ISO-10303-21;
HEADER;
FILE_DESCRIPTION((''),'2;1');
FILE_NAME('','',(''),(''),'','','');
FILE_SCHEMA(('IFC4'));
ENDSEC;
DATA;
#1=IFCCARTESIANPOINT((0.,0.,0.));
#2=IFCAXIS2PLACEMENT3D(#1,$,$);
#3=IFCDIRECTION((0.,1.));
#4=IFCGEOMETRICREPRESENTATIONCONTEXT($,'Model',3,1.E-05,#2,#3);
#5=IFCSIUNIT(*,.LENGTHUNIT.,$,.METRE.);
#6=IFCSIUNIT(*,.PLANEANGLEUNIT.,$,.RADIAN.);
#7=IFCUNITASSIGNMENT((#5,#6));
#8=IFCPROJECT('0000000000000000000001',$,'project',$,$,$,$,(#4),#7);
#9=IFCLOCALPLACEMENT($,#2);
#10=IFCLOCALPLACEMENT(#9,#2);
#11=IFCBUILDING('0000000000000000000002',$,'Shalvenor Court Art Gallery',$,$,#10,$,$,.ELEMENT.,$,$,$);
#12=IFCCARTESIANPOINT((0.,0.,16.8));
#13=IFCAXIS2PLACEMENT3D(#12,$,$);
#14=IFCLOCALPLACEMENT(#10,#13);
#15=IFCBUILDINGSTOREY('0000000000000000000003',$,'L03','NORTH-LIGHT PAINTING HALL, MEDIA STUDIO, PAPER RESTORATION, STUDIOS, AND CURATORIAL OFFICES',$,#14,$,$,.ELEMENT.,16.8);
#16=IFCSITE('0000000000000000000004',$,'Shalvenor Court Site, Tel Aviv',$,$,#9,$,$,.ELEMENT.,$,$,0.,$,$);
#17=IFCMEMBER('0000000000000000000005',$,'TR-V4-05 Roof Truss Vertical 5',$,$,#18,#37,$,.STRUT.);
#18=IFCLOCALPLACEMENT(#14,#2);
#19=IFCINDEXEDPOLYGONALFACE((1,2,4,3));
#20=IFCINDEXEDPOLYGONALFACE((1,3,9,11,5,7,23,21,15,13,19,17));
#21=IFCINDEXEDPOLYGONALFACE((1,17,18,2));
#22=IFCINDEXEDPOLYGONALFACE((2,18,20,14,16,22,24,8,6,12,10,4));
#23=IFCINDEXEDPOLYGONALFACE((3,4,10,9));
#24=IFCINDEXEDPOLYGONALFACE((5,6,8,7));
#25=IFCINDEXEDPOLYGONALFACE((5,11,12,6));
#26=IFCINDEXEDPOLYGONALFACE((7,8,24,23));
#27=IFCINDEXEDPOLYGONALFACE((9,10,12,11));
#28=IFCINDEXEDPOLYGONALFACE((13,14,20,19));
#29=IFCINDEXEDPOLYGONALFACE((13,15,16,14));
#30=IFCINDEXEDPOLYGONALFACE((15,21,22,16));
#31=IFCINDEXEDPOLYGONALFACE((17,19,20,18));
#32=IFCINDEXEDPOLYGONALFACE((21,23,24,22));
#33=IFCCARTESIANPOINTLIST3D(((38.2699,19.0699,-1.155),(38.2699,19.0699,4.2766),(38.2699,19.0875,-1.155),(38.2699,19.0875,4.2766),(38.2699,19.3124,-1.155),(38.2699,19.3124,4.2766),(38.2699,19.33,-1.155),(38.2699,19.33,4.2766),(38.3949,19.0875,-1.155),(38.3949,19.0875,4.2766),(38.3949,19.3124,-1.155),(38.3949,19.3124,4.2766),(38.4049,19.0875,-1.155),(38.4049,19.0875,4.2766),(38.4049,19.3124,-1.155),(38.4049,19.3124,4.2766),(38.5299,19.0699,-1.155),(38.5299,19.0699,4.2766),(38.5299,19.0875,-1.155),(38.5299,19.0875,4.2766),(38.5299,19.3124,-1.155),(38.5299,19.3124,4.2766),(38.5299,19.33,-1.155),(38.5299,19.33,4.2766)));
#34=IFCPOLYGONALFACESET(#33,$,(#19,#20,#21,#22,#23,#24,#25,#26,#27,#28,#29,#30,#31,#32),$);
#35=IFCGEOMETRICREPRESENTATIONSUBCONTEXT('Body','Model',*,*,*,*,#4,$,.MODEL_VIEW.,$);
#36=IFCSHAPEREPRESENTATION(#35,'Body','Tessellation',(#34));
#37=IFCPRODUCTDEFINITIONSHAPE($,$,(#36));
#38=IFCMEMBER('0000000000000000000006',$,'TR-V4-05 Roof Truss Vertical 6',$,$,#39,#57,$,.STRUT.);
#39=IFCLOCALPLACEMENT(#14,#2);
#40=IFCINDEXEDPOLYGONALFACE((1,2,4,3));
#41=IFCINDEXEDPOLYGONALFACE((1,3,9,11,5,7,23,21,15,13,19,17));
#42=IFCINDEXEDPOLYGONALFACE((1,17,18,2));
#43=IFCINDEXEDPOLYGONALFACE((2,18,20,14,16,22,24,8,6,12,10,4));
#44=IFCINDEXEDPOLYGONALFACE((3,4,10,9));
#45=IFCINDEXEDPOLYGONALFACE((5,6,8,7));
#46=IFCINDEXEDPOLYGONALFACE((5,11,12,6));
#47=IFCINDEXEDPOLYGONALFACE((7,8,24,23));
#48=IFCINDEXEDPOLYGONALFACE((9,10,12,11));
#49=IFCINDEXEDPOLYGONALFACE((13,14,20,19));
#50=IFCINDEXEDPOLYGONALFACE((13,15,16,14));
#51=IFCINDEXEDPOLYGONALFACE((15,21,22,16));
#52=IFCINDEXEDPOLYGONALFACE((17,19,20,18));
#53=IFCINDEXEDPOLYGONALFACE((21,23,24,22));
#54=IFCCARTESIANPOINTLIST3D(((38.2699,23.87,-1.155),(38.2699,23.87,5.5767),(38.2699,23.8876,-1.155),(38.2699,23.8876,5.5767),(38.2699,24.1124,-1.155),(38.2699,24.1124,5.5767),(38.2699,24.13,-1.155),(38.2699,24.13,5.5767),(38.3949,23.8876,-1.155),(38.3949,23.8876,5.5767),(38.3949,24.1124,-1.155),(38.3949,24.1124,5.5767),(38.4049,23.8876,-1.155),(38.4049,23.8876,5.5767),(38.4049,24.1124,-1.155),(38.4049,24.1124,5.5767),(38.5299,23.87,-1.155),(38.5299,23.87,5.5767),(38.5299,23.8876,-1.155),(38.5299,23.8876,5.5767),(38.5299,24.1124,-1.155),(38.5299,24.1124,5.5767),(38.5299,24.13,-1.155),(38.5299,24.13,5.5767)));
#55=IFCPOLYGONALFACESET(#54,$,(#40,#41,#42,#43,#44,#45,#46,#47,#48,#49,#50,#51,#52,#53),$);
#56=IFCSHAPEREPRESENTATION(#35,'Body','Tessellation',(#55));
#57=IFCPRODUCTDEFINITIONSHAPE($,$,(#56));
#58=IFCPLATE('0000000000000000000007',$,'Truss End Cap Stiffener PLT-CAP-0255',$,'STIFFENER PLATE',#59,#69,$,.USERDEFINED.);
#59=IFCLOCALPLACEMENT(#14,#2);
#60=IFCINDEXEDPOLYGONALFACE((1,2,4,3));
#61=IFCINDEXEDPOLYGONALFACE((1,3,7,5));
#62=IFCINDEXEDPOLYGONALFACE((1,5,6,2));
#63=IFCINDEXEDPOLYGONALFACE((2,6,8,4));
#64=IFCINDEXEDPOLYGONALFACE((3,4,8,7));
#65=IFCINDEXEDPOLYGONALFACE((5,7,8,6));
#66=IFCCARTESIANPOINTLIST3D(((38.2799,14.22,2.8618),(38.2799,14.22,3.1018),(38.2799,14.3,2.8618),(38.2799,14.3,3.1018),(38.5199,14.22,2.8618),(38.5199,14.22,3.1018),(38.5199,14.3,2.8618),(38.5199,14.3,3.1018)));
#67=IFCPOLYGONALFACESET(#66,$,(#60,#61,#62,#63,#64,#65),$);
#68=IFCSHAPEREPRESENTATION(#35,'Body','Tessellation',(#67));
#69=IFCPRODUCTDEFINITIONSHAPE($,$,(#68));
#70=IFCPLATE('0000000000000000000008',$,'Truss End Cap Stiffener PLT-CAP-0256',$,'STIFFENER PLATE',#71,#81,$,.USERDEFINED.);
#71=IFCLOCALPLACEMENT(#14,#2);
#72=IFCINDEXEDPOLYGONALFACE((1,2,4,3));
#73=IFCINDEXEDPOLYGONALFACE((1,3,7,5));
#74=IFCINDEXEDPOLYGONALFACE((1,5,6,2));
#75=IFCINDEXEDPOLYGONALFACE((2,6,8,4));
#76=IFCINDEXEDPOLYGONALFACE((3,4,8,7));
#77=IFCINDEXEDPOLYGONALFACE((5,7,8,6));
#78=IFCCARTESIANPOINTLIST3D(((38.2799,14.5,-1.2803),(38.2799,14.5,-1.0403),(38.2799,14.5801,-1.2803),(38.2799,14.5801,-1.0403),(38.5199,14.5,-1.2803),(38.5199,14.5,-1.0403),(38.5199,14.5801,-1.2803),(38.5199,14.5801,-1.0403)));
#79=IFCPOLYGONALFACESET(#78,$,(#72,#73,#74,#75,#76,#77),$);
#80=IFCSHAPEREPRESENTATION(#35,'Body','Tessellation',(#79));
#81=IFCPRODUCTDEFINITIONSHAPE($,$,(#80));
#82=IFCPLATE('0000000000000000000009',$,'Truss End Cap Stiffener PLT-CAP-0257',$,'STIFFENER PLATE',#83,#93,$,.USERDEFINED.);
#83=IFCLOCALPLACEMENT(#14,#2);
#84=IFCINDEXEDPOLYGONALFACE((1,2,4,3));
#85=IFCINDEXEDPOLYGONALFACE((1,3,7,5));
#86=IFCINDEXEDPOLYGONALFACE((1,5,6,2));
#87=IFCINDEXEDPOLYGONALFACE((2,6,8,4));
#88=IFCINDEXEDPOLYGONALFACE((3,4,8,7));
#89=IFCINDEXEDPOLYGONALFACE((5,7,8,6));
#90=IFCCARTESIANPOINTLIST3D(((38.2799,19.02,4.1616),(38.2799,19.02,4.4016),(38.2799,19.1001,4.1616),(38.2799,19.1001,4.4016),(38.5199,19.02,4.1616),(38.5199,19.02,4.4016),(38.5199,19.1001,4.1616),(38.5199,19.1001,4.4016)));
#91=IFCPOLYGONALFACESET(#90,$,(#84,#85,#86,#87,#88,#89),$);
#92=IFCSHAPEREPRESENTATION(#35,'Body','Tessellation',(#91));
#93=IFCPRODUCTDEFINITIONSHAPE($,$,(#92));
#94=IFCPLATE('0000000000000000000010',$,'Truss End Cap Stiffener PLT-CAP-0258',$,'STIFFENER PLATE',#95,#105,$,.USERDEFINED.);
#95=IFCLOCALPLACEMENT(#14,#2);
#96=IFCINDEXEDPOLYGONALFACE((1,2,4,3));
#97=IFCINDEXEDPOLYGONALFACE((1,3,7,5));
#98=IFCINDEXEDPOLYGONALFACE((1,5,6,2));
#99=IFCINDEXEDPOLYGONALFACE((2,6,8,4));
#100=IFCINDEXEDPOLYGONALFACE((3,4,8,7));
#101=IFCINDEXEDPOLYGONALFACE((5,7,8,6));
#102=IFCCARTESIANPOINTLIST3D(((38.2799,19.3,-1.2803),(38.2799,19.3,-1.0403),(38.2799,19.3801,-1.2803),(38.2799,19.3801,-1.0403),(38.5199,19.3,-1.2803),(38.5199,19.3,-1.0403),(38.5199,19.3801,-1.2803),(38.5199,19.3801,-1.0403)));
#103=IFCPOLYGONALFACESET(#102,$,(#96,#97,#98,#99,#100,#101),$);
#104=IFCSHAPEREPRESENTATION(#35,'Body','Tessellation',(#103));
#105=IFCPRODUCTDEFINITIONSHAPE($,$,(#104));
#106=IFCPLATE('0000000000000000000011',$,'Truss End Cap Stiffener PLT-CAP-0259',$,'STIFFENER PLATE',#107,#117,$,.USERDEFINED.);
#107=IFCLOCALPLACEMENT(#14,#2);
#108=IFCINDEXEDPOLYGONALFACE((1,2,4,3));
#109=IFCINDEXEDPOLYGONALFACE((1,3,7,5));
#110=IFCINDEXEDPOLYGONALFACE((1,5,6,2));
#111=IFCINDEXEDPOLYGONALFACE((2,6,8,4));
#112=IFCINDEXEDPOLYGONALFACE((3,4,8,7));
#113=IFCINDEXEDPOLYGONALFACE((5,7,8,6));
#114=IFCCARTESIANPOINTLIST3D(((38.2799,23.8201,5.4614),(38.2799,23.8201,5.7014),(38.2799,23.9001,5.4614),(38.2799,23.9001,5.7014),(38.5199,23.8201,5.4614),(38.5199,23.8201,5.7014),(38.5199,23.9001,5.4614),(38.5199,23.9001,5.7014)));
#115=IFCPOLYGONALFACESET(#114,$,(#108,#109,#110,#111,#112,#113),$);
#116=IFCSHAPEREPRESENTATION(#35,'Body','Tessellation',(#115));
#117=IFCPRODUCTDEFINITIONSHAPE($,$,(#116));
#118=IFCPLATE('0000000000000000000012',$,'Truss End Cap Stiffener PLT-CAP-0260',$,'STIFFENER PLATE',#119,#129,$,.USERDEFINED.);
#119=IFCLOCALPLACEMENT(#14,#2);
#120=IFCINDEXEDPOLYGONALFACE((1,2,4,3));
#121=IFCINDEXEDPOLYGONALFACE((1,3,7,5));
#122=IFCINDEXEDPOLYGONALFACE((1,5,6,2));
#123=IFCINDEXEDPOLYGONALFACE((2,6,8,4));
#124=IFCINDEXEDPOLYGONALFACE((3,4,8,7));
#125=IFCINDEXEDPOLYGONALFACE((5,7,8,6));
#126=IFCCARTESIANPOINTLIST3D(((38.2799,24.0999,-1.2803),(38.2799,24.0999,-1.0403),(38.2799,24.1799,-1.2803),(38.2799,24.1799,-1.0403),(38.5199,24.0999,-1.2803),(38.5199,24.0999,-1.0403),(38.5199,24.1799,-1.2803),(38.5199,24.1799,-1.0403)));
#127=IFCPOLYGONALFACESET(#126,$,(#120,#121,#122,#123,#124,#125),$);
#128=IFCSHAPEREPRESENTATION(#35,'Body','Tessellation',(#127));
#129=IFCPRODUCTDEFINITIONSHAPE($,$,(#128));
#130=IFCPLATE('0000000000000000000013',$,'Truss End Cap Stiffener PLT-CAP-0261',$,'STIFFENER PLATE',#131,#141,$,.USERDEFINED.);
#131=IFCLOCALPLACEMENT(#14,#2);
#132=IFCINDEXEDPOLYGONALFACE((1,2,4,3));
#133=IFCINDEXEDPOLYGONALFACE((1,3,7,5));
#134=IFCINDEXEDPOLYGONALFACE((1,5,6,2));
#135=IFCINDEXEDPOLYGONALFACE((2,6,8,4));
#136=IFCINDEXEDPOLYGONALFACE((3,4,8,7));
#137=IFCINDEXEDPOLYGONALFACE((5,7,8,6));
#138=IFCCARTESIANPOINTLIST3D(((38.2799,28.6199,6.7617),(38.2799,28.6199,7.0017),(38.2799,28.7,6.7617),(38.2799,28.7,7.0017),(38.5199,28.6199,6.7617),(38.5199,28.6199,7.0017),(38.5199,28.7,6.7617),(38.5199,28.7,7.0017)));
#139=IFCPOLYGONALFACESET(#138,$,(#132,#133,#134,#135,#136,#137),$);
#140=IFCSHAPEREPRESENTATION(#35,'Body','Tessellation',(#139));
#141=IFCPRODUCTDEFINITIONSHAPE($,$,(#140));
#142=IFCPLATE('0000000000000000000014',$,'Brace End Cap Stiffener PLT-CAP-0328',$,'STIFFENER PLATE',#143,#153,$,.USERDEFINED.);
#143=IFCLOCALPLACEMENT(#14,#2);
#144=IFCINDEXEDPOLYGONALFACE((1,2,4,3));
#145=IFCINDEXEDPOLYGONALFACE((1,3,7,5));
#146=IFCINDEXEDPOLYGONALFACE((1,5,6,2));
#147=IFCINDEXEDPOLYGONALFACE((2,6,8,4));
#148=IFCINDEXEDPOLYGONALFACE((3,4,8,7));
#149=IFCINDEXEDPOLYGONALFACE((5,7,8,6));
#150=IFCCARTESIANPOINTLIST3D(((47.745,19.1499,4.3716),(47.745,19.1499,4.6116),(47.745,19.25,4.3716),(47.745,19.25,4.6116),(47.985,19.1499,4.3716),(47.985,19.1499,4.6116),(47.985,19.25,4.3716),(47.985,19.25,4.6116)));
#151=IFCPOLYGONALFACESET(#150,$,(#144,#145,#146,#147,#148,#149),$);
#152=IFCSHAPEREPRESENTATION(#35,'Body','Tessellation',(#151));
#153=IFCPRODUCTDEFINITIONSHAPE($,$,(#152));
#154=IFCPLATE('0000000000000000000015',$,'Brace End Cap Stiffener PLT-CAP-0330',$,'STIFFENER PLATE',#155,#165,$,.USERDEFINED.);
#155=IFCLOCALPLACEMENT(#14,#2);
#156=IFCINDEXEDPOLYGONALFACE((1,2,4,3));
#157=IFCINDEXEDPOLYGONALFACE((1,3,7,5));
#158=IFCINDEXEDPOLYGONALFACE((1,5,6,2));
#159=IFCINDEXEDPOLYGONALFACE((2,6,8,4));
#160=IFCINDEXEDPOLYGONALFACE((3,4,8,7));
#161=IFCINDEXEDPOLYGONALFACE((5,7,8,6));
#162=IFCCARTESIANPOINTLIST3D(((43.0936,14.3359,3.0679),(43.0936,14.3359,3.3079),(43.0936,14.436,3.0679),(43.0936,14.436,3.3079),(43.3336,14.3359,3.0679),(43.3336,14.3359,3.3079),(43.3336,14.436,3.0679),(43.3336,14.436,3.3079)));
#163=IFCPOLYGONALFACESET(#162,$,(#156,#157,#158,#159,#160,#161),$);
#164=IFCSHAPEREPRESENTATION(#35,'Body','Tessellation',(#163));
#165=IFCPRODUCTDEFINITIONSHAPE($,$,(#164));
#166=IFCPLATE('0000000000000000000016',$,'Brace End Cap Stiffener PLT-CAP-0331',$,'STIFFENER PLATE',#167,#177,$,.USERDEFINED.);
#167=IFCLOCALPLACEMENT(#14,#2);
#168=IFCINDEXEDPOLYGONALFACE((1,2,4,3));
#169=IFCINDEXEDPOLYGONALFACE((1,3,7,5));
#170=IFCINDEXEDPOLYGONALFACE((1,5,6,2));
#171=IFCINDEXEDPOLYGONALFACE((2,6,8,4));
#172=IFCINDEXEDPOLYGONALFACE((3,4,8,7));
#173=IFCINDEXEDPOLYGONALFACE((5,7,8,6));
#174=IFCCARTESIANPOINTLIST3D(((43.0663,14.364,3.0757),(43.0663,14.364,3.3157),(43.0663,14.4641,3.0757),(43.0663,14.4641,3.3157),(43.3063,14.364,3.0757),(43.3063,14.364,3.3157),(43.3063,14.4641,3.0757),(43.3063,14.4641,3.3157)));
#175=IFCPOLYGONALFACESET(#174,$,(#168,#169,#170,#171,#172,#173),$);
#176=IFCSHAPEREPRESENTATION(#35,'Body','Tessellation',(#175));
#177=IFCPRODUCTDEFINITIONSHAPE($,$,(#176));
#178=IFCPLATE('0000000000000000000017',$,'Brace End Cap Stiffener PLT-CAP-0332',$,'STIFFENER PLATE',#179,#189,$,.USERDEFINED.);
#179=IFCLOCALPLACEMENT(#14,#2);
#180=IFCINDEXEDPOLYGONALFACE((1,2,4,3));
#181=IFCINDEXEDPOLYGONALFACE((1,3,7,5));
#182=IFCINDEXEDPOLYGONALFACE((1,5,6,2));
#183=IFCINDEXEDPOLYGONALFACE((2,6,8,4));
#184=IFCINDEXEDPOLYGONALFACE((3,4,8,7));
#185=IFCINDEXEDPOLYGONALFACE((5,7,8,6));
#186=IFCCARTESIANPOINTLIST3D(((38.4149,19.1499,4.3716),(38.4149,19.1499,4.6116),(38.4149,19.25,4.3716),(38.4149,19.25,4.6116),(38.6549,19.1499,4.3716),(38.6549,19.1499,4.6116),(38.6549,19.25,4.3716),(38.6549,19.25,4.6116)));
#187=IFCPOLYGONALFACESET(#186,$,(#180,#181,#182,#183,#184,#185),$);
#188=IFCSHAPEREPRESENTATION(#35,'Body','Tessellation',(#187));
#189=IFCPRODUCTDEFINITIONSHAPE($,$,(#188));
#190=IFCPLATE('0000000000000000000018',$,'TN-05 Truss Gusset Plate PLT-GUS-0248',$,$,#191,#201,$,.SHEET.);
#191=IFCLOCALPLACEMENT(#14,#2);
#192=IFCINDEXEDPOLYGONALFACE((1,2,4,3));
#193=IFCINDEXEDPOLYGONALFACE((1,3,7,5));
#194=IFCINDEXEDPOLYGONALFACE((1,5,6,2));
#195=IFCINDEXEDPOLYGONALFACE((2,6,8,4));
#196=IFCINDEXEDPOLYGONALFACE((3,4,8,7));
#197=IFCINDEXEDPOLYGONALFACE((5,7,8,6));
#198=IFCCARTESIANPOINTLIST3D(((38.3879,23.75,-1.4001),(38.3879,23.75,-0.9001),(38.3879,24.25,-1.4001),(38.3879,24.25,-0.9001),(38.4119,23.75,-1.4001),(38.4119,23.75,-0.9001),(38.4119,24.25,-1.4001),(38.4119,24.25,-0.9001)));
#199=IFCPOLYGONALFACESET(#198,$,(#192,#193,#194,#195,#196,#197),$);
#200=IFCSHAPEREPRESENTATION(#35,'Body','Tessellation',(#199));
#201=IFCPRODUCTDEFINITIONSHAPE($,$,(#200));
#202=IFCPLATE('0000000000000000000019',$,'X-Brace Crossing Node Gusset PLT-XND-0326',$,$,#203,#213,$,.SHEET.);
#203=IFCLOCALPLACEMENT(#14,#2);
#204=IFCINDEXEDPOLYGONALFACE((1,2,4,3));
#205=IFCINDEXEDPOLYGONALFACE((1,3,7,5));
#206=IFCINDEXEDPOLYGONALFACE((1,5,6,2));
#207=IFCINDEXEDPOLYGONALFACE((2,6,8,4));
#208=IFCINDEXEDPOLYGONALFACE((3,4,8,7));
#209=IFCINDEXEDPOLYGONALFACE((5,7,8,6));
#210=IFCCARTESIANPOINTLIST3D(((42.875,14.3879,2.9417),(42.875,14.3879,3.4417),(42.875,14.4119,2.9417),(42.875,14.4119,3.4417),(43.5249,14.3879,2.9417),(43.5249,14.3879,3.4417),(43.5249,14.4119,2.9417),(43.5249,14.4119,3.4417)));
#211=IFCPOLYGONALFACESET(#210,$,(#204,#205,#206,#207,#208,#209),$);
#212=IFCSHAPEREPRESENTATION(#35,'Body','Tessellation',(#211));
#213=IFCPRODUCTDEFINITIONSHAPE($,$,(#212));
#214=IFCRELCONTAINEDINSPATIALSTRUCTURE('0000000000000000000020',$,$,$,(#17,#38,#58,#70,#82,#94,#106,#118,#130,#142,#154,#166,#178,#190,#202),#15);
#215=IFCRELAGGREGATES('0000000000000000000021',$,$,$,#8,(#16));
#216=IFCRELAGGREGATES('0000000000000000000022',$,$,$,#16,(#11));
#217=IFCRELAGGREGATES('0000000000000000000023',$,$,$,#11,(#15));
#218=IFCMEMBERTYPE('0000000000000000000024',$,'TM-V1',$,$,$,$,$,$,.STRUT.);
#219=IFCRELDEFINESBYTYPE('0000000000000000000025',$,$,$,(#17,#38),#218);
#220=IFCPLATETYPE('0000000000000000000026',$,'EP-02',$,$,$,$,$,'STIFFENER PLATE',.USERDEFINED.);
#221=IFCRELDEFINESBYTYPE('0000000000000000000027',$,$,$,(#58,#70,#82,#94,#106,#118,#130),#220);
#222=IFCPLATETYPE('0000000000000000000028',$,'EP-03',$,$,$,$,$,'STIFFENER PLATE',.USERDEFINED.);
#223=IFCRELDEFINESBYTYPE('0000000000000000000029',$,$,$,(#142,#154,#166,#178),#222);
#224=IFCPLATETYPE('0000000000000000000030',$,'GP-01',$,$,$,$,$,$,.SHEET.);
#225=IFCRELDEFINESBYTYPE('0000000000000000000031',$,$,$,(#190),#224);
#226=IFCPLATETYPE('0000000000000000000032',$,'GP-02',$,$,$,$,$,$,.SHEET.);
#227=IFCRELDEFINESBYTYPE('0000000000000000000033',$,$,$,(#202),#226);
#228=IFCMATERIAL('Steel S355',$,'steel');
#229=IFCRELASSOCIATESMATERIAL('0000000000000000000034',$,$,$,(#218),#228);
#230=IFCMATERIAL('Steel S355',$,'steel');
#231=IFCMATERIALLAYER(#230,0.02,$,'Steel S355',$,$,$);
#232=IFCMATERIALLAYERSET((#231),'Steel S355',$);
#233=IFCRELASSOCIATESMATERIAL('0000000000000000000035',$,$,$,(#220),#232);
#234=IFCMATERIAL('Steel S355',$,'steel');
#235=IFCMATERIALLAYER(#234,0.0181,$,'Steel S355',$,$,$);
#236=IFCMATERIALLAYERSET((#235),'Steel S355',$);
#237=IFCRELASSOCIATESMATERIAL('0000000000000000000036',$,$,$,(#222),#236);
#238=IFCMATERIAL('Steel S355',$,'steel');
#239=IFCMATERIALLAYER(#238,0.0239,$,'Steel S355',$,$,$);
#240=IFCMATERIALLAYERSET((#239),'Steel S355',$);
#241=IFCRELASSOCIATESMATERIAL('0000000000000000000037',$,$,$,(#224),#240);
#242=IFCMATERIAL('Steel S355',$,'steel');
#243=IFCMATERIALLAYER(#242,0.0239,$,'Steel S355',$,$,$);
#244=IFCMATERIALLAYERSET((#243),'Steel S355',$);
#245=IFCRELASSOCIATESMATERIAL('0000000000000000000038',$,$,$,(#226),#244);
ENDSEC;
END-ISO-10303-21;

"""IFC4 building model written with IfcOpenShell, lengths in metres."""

from ifc_helpers import new_model, si_unit, direction, frame, origin, origin_2d, place, context, subcontext, project, spatial, rectangle, i_section, extrude, material, layer, layer_set, material_profile, profile_set, type_object, element, save


model = new_model("IFC4")

# Units and contexts
model_context = context("Model", 3, precision=1e-05, world=origin(), true_north=direction((0.0, 1.0)))
body_context = subcontext(model_context, "Body", "Model", "MODEL_VIEW")
ifc_project = project(units=[si_unit("LENGTHUNIT", "METRE"), si_unit("PLANEANGLEUNIT", "RADIAN")], contexts=[model_context])

# Site, building, storey
site_placement = place(None, origin())
site = spatial("IfcSite", under=ifc_project, at=site_placement, Name="Shalvenor Court Site, Tel Aviv", CompositionType="ELEMENT", RefElevation=0.0)
building_placement = place(site_placement, origin())
building = spatial("IfcBuilding", under=site, at=building_placement, Name="Shalvenor Court Art Gallery", CompositionType="ELEMENT")
storey_placement = place(building_placement, frame((0.0, 0.0, 16.8)))
storey = spatial("IfcBuildingStorey", under=building, at=storey_placement, Name="L03", Description="NORTH-LIGHT PAINTING HALL, MEDIA STUDIO, PAPER RESTORATION, STUDIOS, AND CURATORIAL OFFICES", CompositionType="ELEMENT", Elevation=16.8)

# Members
ifc_material_1 = material(Name="Steel S355", Category="steel")
ifc_material_profile_1 = material_profile(ifc_material_1, i_section(OverallWidth=0.26, OverallDepth=0.26, WebThickness=0.01, FlangeThickness=0.0176, at=origin_2d()), Name="HEB 260")
ifc_profile_set_1 = profile_set([ifc_material_profile_1], Name="Steel S355")
member_type_1 = type_object("IfcMemberType", Name="TM-V1", PredefinedType="STRUT", material=ifc_profile_set_1)
member_1_placement = place(storey_placement, frame((38.3999, 19.2, -1.155), z_axis=(0.0, 0.0, 1.0), x_axis=(1.0, 0.0, 0.0)))
element("IfcMember", 1, at=member_1_placement, inside=storey, type_object=member_type_1, Name="TR-V4-05 Roof Truss Vertical 5", PredefinedType="STRUT", context=body_context, shape_type="SweptSolid", body=[
    extrude(i_section(OverallWidth=0.26, OverallDepth=0.26, WebThickness=0.01, FlangeThickness=0.0176, at=origin_2d()), origin(), (0.0, 0.0, 1.0), 5.4316),
])
member_2_placement = place(storey_placement, frame((38.3999, 24.0, -1.155), z_axis=(0.0, 0.0, 1.0), x_axis=(1.0, 0.0, 0.0)))
element("IfcMember", 2, at=member_2_placement, inside=storey, type_object=member_type_1, Name="TR-V4-05 Roof Truss Vertical 6", PredefinedType="STRUT", context=body_context, shape_type="SweptSolid", body=[
    extrude(i_section(OverallWidth=0.26, OverallDepth=0.26, WebThickness=0.01, FlangeThickness=0.0176, at=origin_2d()), origin(), (0.0, 0.0, 1.0), 6.7317),
])

# Plates
ifc_material_2 = material(Name="Steel S355", Category="steel")
ifc_layer_1 = layer(ifc_material_2, 0.02, Name="Steel S355")
ifc_layer_set_1 = layer_set([ifc_layer_1], Name="Steel S355")
plate_type_1 = type_object("IfcPlateType", Name="EP-02", ElementType="STIFFENER PLATE", PredefinedType="USERDEFINED", material=ifc_layer_set_1)
for number, where, z_axis, x_axis, name in (
    (3, (38.3999, 14.26, 2.8618), (0.0, 0.0, 1.0), (1.0, 0.0, 0.0), "Truss End Cap Stiffener PLT-CAP-0255"),
    (4, (38.3999, 14.54, -1.2803), (0.0, 0.0, 1.0), (1.0, 0.0, 0.0), "Truss End Cap Stiffener PLT-CAP-0256"),
    (5, (38.3999, 19.0601, 4.1616), (0.0, 0.0, 1.0), (1.0, 0.0, 0.0), "Truss End Cap Stiffener PLT-CAP-0257"),
    (6, (38.3999, 19.3401, -1.2803), (0.0, 0.0, 1.0), (1.0, 0.0, 0.0), "Truss End Cap Stiffener PLT-CAP-0258"),
    (7, (38.3999, 23.8601, 5.4614), (0.0, 0.0, 1.0), (1.0, 0.0, 0.0), "Truss End Cap Stiffener PLT-CAP-0259"),
    (8, (38.3999, 24.1399, -1.2803), (0.0, 0.0, 1.0), (1.0, 0.0, 0.0), "Truss End Cap Stiffener PLT-CAP-0260"),
    (9, (38.3999, 28.6599, 6.7617), (0.0, 0.0, 1.0), (1.0, 0.0, 0.0), "Truss End Cap Stiffener PLT-CAP-0261"),
):
    element("IfcPlate", number, at=place(storey_placement, frame(where, z_axis=z_axis, x_axis=x_axis)), inside=storey, type_object=plate_type_1, Name=name, ObjectType="STIFFENER PLATE", PredefinedType="USERDEFINED", context=body_context, shape_type="SweptSolid", body=[
        extrude(rectangle(XDim=0.24, YDim=0.0801, at=origin_2d()), origin(), (0.0, 0.0, 1.0), 0.24),
    ])
ifc_material_3 = material(Name="Steel S355", Category="steel")
ifc_layer_2 = layer(ifc_material_3, 0.0181, Name="Steel S355")
ifc_layer_set_2 = layer_set([ifc_layer_2], Name="Steel S355")
plate_type_2 = type_object("IfcPlateType", Name="EP-03", ElementType="STIFFENER PLATE", PredefinedType="USERDEFINED", material=ifc_layer_set_2)
for number, where, z_axis, x_axis, name in (
    (10, (47.865, 19.2, 4.3716), (0.0, 0.0, 1.0), (1.0, 0.0, 0.0), "Brace End Cap Stiffener PLT-CAP-0328"),
    (11, (43.2136, 14.386, 3.0679), (0.0, 0.0, 1.0), (1.0, 0.0, 0.0), "Brace End Cap Stiffener PLT-CAP-0330"),
    (12, (43.1863, 14.4141, 3.0757), (0.0, 0.0, 1.0), (1.0, 0.0, 0.0), "Brace End Cap Stiffener PLT-CAP-0331"),
    (13, (38.5349, 19.2, 4.3716), (0.0, 0.0, 1.0), (1.0, 0.0, 0.0), "Brace End Cap Stiffener PLT-CAP-0332"),
):
    element("IfcPlate", number, at=place(storey_placement, frame(where, z_axis=z_axis, x_axis=x_axis)), inside=storey, type_object=plate_type_2, Name=name, ObjectType="STIFFENER PLATE", PredefinedType="USERDEFINED", context=body_context, shape_type="SweptSolid", body=[
        extrude(rectangle(XDim=0.24, YDim=0.1001, at=origin_2d()), origin(), (0.0, 0.0, 1.0), 0.24),
    ])
ifc_material_4 = material(Name="Steel S355", Category="steel")
ifc_layer_3 = layer(ifc_material_4, 0.0239, Name="Steel S355")
ifc_layer_set_3 = layer_set([ifc_layer_3], Name="Steel S355")
plate_type_3 = type_object("IfcPlateType", Name="GP-01", PredefinedType="SHEET", material=ifc_layer_set_3)
plate_1_placement = place(storey_placement, frame((38.3999, 24.0, -1.4001), z_axis=(0.0, 0.0, 1.0), x_axis=(0.0, 1.0, 0.0)))
element("IfcPlate", 14, at=plate_1_placement, inside=storey, type_object=plate_type_3, Name="TN-05 Truss Gusset Plate PLT-GUS-0248", PredefinedType="SHEET", context=body_context, shape_type="SweptSolid", body=[
    extrude(rectangle(XDim=0.5, YDim=0.0239, at=origin_2d()), origin(), (0.0, 0.0, 1.0), 0.5),
])
ifc_material_5 = material(Name="Steel S355", Category="steel")
ifc_layer_4 = layer(ifc_material_5, 0.0239, Name="Steel S355")
ifc_layer_set_4 = layer_set([ifc_layer_4], Name="Steel S355")
plate_type_4 = type_object("IfcPlateType", Name="GP-02", PredefinedType="SHEET", material=ifc_layer_set_4)
plate_2_placement = place(storey_placement, frame((43.2, 14.3999, 2.9417), z_axis=(0.0, 0.0, 1.0), x_axis=(1.0, 0.0, 0.0)))
element("IfcPlate", 15, at=plate_2_placement, inside=storey, type_object=plate_type_4, Name="X-Brace Crossing Node Gusset PLT-XND-0326", PredefinedType="SHEET", context=body_context, shape_type="SweptSolid", body=[
    extrude(rectangle(XDim=0.6499, YDim=0.0239, at=origin_2d()), origin(), (0.0, 0.0, 1.0), 0.5),
])

save(model, "model.ifc")
